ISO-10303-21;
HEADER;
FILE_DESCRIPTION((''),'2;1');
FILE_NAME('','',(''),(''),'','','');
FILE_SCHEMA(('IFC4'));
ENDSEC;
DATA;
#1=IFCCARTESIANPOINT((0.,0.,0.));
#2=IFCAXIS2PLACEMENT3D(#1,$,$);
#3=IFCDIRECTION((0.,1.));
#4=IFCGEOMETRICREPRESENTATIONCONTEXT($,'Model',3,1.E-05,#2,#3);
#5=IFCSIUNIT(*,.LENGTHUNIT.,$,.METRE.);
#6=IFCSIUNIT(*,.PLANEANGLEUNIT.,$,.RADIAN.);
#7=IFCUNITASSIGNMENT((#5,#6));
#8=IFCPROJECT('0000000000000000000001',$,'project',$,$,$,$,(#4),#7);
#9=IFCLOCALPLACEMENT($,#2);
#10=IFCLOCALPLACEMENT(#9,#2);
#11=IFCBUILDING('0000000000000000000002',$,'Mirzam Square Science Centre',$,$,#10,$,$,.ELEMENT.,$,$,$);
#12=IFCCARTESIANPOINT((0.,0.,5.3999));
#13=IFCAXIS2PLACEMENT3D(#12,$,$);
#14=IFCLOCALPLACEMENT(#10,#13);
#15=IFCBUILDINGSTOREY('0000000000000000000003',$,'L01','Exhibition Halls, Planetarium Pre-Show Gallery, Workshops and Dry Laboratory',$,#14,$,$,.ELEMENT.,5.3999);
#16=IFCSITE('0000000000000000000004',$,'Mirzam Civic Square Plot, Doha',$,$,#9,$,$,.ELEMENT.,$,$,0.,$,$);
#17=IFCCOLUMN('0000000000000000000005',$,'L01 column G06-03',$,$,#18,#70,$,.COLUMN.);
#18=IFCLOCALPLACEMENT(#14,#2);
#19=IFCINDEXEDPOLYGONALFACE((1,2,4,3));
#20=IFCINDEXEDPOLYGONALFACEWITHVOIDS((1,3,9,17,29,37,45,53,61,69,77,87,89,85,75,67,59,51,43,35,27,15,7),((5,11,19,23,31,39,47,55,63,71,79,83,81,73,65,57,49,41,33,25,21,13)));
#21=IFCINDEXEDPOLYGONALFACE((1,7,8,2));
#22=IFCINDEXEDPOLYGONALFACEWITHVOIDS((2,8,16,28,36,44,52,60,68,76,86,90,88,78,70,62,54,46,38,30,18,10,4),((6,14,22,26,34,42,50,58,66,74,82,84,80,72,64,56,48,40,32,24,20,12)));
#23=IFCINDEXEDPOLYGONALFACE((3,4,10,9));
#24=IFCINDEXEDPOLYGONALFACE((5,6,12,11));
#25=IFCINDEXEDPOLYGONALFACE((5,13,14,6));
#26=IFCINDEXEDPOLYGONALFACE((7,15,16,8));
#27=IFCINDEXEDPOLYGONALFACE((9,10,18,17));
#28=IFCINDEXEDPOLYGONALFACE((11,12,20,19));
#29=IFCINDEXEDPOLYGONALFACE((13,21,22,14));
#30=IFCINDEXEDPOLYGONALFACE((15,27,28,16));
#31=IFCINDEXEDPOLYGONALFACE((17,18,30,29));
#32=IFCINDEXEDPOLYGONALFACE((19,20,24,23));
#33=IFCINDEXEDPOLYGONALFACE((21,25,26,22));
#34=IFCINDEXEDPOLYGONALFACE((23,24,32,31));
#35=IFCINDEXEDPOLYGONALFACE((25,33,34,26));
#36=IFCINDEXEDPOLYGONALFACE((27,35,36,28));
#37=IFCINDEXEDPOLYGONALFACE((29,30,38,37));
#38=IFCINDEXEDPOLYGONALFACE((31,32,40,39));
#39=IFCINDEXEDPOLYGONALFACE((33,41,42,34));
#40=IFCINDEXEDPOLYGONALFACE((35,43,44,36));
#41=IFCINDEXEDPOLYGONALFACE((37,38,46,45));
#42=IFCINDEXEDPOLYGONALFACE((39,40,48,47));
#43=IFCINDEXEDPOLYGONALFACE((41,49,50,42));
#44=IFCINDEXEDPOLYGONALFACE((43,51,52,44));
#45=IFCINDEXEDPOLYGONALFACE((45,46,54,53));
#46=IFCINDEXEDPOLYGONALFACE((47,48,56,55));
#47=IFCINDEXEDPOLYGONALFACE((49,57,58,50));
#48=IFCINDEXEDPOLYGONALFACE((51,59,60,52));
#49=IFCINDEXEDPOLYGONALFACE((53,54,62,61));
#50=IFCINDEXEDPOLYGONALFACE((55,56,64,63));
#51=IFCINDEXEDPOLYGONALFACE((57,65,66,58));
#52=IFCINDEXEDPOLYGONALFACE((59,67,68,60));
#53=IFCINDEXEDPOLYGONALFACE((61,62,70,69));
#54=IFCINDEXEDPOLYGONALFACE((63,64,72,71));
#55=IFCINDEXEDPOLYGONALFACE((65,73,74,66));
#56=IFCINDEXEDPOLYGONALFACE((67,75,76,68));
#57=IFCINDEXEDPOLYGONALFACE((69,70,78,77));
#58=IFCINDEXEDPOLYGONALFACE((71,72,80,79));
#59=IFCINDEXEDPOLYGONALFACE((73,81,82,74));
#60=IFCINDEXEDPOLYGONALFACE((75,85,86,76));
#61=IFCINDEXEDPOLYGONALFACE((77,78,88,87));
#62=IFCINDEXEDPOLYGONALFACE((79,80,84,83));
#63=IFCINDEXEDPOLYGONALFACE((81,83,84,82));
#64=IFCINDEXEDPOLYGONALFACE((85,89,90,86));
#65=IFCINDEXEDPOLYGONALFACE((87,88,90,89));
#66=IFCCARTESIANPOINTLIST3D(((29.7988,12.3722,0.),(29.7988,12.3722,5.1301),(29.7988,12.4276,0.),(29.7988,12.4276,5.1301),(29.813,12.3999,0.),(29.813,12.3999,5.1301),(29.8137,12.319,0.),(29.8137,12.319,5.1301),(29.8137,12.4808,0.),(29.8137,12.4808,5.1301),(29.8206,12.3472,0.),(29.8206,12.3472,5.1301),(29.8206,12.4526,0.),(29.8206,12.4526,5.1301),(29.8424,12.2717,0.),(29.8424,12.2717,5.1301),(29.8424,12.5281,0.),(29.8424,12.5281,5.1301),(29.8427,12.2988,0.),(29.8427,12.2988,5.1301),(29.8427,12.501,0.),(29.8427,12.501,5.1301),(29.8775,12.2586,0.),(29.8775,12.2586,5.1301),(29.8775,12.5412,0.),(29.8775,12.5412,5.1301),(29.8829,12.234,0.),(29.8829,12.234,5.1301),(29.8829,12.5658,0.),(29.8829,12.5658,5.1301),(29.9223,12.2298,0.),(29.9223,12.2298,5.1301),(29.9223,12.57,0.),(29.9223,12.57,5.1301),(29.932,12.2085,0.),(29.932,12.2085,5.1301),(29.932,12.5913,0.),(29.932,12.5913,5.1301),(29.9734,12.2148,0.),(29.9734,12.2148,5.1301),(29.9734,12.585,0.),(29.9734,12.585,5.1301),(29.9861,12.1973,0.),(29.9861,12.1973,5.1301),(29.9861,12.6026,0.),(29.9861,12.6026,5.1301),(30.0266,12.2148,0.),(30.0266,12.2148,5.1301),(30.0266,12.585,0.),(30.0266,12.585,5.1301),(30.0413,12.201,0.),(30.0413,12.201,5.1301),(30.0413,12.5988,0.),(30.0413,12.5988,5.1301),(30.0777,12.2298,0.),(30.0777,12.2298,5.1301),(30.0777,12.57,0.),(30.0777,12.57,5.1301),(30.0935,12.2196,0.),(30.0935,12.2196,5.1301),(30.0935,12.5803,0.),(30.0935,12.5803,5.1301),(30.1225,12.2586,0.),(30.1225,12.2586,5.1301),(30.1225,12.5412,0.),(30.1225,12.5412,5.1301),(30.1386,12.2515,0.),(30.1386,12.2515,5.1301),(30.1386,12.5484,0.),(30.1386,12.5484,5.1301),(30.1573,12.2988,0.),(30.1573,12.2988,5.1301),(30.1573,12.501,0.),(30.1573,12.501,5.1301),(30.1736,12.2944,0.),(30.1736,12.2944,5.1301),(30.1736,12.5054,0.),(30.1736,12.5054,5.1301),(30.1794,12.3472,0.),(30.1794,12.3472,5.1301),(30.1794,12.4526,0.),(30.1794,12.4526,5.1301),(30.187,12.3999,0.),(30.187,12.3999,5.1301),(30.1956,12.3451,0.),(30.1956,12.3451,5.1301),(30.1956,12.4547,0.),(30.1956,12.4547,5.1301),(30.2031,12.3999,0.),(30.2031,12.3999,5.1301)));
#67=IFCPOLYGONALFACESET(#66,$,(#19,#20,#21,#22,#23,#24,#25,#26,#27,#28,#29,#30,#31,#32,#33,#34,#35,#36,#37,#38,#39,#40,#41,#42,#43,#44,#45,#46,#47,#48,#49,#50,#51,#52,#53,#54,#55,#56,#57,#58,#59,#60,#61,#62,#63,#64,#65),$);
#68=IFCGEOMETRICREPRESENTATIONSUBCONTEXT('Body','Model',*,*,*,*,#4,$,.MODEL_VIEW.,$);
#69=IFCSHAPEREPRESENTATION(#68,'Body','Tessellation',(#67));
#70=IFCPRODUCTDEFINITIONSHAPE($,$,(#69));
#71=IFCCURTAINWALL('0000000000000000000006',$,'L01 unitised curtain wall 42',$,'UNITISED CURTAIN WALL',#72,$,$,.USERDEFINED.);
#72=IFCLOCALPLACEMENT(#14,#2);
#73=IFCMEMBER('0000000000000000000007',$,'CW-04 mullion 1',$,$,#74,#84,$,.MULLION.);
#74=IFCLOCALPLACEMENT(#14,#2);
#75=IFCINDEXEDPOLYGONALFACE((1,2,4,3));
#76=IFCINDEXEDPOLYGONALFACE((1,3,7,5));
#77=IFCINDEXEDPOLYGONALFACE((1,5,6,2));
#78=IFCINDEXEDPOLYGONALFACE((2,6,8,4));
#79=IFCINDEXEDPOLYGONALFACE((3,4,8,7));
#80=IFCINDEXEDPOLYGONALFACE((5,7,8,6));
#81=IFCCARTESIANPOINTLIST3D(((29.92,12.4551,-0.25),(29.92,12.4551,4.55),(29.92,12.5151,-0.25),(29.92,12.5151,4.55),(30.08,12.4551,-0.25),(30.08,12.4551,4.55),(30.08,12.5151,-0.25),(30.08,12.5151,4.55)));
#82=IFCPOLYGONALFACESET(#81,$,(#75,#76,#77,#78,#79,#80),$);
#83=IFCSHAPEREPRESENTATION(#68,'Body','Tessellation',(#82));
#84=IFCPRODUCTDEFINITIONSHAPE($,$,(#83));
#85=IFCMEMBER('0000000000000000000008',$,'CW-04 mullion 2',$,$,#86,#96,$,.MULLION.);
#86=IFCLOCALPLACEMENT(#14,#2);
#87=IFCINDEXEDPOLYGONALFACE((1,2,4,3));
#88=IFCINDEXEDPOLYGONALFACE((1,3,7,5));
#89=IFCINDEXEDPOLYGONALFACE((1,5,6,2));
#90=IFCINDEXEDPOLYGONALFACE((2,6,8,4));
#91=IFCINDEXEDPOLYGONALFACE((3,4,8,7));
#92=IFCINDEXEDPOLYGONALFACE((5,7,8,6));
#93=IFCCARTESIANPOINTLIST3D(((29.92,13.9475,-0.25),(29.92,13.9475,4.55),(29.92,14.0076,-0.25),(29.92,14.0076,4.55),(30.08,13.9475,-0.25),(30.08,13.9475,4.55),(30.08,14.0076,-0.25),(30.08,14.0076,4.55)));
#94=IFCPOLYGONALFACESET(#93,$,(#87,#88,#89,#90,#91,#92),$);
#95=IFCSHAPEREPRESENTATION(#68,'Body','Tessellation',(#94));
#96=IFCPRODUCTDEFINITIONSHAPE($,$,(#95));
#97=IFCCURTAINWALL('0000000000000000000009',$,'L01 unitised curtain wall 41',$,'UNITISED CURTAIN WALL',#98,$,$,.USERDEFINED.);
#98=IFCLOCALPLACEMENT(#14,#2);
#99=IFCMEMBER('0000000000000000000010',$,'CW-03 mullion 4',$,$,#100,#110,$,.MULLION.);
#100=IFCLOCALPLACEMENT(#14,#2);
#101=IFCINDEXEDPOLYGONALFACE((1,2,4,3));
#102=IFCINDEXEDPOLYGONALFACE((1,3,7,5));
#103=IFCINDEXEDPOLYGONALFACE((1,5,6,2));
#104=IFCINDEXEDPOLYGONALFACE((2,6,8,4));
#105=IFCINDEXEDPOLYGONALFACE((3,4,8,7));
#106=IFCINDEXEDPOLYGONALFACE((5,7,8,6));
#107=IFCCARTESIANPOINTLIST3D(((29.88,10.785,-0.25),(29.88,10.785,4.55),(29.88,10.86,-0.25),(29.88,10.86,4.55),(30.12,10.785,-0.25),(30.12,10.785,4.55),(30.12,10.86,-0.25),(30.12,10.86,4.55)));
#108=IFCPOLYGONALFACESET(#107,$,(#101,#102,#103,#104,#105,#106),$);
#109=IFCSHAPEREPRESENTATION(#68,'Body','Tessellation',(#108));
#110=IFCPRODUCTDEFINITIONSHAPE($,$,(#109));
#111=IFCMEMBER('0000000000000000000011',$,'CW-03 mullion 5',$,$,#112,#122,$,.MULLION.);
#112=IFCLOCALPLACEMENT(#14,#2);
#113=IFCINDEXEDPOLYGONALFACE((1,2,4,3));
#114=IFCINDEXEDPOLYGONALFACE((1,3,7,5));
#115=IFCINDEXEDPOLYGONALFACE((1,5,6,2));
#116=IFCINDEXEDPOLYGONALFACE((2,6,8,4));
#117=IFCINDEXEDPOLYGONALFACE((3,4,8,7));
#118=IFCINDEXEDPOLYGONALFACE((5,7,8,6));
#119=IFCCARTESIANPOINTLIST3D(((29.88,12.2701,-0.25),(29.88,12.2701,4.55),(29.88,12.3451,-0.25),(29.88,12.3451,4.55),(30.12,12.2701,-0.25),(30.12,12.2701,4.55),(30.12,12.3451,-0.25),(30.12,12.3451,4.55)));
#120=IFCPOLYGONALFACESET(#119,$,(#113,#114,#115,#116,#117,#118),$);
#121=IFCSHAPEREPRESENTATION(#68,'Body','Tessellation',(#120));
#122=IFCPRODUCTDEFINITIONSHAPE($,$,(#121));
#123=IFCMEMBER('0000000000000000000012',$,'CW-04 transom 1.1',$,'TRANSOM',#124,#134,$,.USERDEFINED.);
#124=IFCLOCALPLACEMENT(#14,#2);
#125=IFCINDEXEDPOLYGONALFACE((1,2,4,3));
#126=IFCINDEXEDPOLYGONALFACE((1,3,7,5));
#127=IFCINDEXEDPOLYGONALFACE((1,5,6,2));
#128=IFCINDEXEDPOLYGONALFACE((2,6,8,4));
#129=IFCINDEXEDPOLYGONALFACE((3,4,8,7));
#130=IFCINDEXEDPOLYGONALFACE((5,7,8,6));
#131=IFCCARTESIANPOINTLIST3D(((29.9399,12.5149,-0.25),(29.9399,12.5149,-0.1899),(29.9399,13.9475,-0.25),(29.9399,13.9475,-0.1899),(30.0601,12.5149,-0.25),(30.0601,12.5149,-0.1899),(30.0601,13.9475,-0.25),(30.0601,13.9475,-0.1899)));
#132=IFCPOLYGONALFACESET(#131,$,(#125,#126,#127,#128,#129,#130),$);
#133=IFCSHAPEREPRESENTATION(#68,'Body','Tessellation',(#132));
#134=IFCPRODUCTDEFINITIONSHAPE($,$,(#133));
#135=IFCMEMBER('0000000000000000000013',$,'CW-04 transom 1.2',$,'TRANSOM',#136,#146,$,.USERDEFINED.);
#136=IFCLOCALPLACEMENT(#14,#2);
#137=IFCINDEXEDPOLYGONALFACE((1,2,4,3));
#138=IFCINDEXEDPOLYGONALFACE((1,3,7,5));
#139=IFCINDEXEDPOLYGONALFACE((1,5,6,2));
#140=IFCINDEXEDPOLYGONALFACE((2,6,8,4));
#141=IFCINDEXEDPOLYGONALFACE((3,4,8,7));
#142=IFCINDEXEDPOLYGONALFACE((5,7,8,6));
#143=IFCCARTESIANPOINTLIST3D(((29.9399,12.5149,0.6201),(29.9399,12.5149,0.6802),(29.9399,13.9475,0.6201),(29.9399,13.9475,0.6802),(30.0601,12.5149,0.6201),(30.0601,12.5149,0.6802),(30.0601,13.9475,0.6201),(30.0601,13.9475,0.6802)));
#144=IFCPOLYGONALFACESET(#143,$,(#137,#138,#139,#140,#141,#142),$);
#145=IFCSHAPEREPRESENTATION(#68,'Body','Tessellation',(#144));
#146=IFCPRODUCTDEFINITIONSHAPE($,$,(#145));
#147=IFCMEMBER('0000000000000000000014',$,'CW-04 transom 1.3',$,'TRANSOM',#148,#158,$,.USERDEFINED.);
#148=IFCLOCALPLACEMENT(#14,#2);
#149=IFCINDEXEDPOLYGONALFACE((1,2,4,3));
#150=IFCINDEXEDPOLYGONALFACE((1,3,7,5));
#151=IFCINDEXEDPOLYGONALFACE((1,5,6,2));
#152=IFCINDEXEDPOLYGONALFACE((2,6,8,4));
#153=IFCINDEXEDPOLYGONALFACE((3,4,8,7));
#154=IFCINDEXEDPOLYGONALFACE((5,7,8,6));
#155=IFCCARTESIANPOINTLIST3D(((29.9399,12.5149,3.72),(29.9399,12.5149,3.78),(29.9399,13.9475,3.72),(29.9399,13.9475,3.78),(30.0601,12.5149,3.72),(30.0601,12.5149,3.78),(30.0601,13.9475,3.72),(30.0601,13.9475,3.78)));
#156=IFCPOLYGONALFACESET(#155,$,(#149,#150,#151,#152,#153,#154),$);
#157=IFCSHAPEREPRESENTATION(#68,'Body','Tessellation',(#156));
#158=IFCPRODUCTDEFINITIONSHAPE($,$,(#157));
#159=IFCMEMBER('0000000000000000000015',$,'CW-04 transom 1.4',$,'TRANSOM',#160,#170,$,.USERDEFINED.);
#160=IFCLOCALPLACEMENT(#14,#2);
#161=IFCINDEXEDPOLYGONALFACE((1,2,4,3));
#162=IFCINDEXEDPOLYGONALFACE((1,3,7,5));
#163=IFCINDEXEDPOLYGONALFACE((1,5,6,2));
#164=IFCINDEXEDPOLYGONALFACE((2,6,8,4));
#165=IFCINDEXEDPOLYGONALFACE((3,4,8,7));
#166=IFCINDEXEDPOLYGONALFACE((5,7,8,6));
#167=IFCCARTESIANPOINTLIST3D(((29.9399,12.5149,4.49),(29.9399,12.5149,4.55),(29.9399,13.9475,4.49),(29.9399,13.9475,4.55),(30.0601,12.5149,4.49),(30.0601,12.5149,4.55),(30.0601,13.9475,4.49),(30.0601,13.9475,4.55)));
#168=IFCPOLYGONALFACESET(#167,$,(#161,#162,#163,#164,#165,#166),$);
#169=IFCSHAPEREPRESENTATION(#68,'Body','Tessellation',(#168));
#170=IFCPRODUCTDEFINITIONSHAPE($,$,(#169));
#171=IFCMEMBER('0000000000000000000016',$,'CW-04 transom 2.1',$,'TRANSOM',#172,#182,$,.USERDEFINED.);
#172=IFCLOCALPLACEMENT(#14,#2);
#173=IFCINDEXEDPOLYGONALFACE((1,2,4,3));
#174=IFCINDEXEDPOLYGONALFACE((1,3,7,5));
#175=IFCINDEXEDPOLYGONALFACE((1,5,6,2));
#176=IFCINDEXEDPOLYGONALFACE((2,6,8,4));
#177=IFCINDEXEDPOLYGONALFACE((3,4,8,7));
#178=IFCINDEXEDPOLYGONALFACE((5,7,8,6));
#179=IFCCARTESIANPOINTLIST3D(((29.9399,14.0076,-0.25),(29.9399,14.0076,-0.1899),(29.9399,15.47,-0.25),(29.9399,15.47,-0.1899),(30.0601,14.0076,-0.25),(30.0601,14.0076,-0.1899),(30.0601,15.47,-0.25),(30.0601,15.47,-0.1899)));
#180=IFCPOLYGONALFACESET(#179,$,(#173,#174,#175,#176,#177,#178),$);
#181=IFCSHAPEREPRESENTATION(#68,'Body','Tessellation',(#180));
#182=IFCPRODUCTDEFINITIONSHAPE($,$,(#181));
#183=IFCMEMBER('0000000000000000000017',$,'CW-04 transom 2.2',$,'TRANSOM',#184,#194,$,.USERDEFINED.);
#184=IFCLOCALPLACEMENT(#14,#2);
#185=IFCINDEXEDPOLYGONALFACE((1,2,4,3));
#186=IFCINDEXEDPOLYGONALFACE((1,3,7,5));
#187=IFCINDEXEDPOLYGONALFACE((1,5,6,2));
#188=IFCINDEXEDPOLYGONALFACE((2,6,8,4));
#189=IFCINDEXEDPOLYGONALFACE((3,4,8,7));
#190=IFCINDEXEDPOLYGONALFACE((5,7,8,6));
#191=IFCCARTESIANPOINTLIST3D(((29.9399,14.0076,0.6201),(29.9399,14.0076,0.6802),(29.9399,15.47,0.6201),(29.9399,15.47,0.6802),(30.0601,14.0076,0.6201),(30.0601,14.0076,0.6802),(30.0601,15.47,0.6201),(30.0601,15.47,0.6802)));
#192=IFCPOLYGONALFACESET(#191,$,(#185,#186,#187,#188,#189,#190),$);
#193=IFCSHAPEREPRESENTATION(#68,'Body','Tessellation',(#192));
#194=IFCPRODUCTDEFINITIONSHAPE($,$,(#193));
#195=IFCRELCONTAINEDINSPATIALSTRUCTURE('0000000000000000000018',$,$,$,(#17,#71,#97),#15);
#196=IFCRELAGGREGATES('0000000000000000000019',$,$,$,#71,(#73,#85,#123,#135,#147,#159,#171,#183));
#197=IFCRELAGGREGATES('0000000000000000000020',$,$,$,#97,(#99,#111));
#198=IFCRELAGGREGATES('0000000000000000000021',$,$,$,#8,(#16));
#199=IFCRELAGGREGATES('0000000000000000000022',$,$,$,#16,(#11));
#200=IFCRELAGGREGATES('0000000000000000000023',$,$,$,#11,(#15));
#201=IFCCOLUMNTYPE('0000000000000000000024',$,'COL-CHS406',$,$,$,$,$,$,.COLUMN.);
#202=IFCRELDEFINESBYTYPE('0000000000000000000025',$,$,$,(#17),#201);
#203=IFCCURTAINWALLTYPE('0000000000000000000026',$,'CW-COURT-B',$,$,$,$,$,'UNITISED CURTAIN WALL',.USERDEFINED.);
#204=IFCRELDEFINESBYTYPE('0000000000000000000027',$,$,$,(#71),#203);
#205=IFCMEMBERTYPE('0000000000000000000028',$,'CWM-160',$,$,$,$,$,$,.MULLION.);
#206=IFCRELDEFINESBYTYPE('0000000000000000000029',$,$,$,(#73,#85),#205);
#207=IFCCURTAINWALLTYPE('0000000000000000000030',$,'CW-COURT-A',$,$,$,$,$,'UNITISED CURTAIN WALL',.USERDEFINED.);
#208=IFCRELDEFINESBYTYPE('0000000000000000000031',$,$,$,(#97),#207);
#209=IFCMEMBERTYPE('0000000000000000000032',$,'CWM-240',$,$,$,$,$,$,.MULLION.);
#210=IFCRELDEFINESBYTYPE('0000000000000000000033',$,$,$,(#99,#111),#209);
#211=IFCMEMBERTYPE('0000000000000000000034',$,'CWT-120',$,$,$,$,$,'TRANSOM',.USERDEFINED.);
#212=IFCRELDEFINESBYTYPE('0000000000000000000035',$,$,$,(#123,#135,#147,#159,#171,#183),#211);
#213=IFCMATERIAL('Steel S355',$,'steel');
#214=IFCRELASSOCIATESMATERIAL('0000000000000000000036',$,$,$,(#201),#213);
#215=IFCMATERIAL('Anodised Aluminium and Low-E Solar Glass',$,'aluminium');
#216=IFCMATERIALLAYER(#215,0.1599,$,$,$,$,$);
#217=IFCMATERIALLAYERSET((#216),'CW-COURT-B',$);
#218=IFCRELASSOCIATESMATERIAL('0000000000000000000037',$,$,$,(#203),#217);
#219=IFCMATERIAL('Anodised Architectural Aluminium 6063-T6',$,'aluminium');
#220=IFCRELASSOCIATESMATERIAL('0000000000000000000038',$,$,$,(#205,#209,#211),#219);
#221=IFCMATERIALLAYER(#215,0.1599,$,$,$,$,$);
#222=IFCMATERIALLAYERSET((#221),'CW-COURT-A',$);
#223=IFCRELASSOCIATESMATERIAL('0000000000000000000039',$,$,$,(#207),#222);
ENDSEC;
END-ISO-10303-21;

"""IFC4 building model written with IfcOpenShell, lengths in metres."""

from ifc_helpers import new_model, si_unit, direction, frame, origin, origin_2d, place, context, subcontext, project, spatial, rectangle, hollow_circle, extrude, material, layer, layer_set, material_profile, profile_set, type_object, element, aggregate, save


model = new_model("IFC4")

# Units and contexts
model_context = context("Model", 3, precision=1e-05, world=origin(), true_north=direction((0.0, 1.0)))
body_context = subcontext(model_context, "Body", "Model", "MODEL_VIEW")
ifc_project = project(units=[si_unit("LENGTHUNIT", "METRE"), si_unit("PLANEANGLEUNIT", "RADIAN")], contexts=[model_context])

# Site, building, storey
site_placement = place(None, origin())
site = spatial("IfcSite", under=ifc_project, at=site_placement, Name="Mirzam Civic Square Plot, Doha", CompositionType="ELEMENT", RefElevation=0.0)
building_placement = place(site_placement, origin())
building = spatial("IfcBuilding", under=site, at=building_placement, Name="Mirzam Square Science Centre", CompositionType="ELEMENT")
storey_placement = place(building_placement, frame((0.0, 0.0, 5.3999)))
storey = spatial("IfcBuildingStorey", under=building, at=storey_placement, Name="L01", Description="Exhibition Halls, Planetarium Pre-Show Gallery, Workshops and Dry Laboratory", CompositionType="ELEMENT", Elevation=5.3999)

# Column
ifc_material_1 = material(Name="Steel S355", Category="steel")
ifc_material_profile_1 = material_profile(ifc_material_1, hollow_circle(Radius=0.2031, WallThickness=0.0161, at=origin_2d()), Name="406.4x16.0CHS")
ifc_profile_set_1 = profile_set([ifc_material_profile_1], Name="Steel S355")
column_type = type_object("IfcColumnType", Name="COL-CHS406", PredefinedType="COLUMN", material=ifc_profile_set_1)
column_placement = place(storey_placement, frame((30.0, 12.3999, 0.0), z_axis=(0.0, 0.0, 1.0), x_axis=(1.0, 0.0, 0.0)))
element("IfcColumn", 1, at=column_placement, inside=storey, type_object=column_type, Name="L01 column G06-03", PredefinedType="COLUMN", context=body_context, shape_type="SweptSolid", body=[
    extrude(hollow_circle(Radius=0.2031, WallThickness=0.0161, at=origin_2d()), origin(), (0.0, 0.0, 1.0), 5.1301),
])

# Curtain walls, members
ifc_material_2 = material(Name="Anodised Aluminium and Low-E Solar Glass", Category="aluminium")
ifc_layer_1 = layer(ifc_material_2, 0.1599)
ifc_layer_set_1 = layer_set([ifc_layer_1], Name="CW-COURT-B")
curtain_wall_type_1 = type_object("IfcCurtainWallType", Name="CW-COURT-B", ElementType="UNITISED CURTAIN WALL", PredefinedType="USERDEFINED", material=ifc_layer_set_1)
curtain_wall_1_placement = place(storey_placement, origin())
curtain_wall_1 = element("IfcCurtainWall", 2, at=curtain_wall_1_placement, inside=storey, type_object=curtain_wall_type_1, Name="L01 unitised curtain wall 42", ObjectType="UNITISED CURTAIN WALL", PredefinedType="USERDEFINED")
ifc_material_3 = material(Name="Anodised Architectural Aluminium 6063-T6", Category="aluminium")
ifc_material_profile_2 = material_profile(ifc_material_3, rectangle(XDim=0.0601, YDim=0.1599, at=origin_2d()), Name="ALU-MULL-160x60x4")
ifc_profile_set_2 = profile_set([ifc_material_profile_2], Name="Anodised Architectural Aluminium 6063-T6")
member_type_1 = type_object("IfcMemberType", Name="CWM-160", PredefinedType="MULLION", material=ifc_profile_set_2)
member_1_placement = place(storey_placement, frame((30.0, 12.4851, -0.25), z_axis=(0.0, 0.0, 1.0), x_axis=(0.0, 1.0, 0.0)))
member_1 = element("IfcMember", 3, at=member_1_placement, type_object=member_type_1, Name="CW-04 mullion 1", PredefinedType="MULLION", context=body_context, shape_type="SweptSolid", body=[
    extrude(rectangle(XDim=0.0601, YDim=0.1599, at=origin_2d()), origin(), (0.0, 0.0, 1.0), 4.8),
])
member_2_placement = place(storey_placement, frame((30.0, 13.9775, -0.25), z_axis=(0.0, 0.0, 1.0), x_axis=(0.0, 1.0, 0.0)))
member_2 = element("IfcMember", 4, at=member_2_placement, type_object=member_type_1, Name="CW-04 mullion 2", PredefinedType="MULLION", context=body_context, shape_type="SweptSolid", body=[
    extrude(rectangle(XDim=0.0601, YDim=0.1599, at=origin_2d()), origin(), (0.0, 0.0, 1.0), 4.8),
])
ifc_layer_2 = layer(ifc_material_2, 0.1599)
ifc_layer_set_2 = layer_set([ifc_layer_2], Name="CW-COURT-A")
curtain_wall_type_2 = type_object("IfcCurtainWallType", Name="CW-COURT-A", ElementType="UNITISED CURTAIN WALL", PredefinedType="USERDEFINED", material=ifc_layer_set_2)
curtain_wall_2_placement = place(storey_placement, origin())
curtain_wall_2 = element("IfcCurtainWall", 5, at=curtain_wall_2_placement, inside=storey, type_object=curtain_wall_type_2, Name="L01 unitised curtain wall 41", ObjectType="UNITISED CURTAIN WALL", PredefinedType="USERDEFINED")
ifc_material_profile_3 = material_profile(ifc_material_3, rectangle(XDim=0.075, YDim=0.24, at=origin_2d()), Name="ALU-MULL-240x75x5")
ifc_profile_set_3 = profile_set([ifc_material_profile_3], Name="Anodised Architectural Aluminium 6063-T6")
member_type_2 = type_object("IfcMemberType", Name="CWM-240", PredefinedType="MULLION", material=ifc_profile_set_3)
member_3_placement = place(storey_placement, frame((30.0, 10.8225, -0.25), z_axis=(0.0, 0.0, 1.0), x_axis=(0.0, 1.0, 0.0)))
member_3 = element("IfcMember", 6, at=member_3_placement, type_object=member_type_2, Name="CW-03 mullion 4", PredefinedType="MULLION", context=body_context, shape_type="SweptSolid", body=[
    extrude(rectangle(XDim=0.075, YDim=0.24, at=origin_2d()), origin(), (0.0, 0.0, 1.0), 4.8),
])
member_4_placement = place(storey_placement, frame((30.0, 12.3076, -0.25), z_axis=(0.0, 0.0, 1.0), x_axis=(0.0, 1.0, 0.0)))
member_4 = element("IfcMember", 7, at=member_4_placement, type_object=member_type_2, Name="CW-03 mullion 5", PredefinedType="MULLION", context=body_context, shape_type="SweptSolid", body=[
    extrude(rectangle(XDim=0.075, YDim=0.24, at=origin_2d()), origin(), (0.0, 0.0, 1.0), 4.8),
])

# Members
ifc_material_profile_4 = material_profile(ifc_material_3, rectangle(XDim=0.1201, YDim=0.0601, at=origin_2d()), Name="ALU-TRAN-120x60x4")
ifc_profile_set_4 = profile_set([ifc_material_profile_4], Name="Anodised Architectural Aluminium 6063-T6")
member_type_3 = type_object("IfcMemberType", Name="CWT-120", ElementType="TRANSOM", PredefinedType="USERDEFINED", material=ifc_profile_set_4)
member_5_placement = place(storey_placement, frame((30.0, 12.5149, -0.22), z_axis=(0.0, 1.0, 0.0), x_axis=(-1.0, 0.0, 0.0)))
member_5 = element("IfcMember", 8, at=member_5_placement, type_object=member_type_3, Name="CW-04 transom 1.1", ObjectType="TRANSOM", PredefinedType="USERDEFINED", context=body_context, shape_type="SweptSolid", body=[
    extrude(rectangle(XDim=0.1201, YDim=0.0601, at=origin_2d()), origin(), (0.0, 0.0, 1.0), 1.4326),
])
member_6_placement = place(storey_placement, frame((30.0, 12.5149, 0.6501), z_axis=(0.0, 1.0, 0.0), x_axis=(-1.0, 0.0, 0.0)))
member_6 = element("IfcMember", 9, at=member_6_placement, type_object=member_type_3, Name="CW-04 transom 1.2", ObjectType="TRANSOM", PredefinedType="USERDEFINED", context=body_context, shape_type="SweptSolid", body=[
    extrude(rectangle(XDim=0.1201, YDim=0.0601, at=origin_2d()), origin(), (0.0, 0.0, 1.0), 1.4326),
])
member_7_placement = place(storey_placement, frame((30.0, 12.5149, 3.75), z_axis=(0.0, 1.0, 0.0), x_axis=(-1.0, 0.0, 0.0)))
member_7 = element("IfcMember", 10, at=member_7_placement, type_object=member_type_3, Name="CW-04 transom 1.3", ObjectType="TRANSOM", PredefinedType="USERDEFINED", context=body_context, shape_type="SweptSolid", body=[
    extrude(rectangle(XDim=0.1201, YDim=0.0601, at=origin_2d()), origin(), (0.0, 0.0, 1.0), 1.4326),
])
member_8_placement = place(storey_placement, frame((30.0, 12.5149, 4.52), z_axis=(0.0, 1.0, 0.0), x_axis=(-1.0, 0.0, 0.0)))
member_8 = element("IfcMember", 11, at=member_8_placement, type_object=member_type_3, Name="CW-04 transom 1.4", ObjectType="TRANSOM", PredefinedType="USERDEFINED", context=body_context, shape_type="SweptSolid", body=[
    extrude(rectangle(XDim=0.1201, YDim=0.0601, at=origin_2d()), origin(), (0.0, 0.0, 1.0), 1.4326),
])
member_9_placement = place(storey_placement, frame((30.0, 14.0076, -0.22), z_axis=(0.0, 1.0, 0.0), x_axis=(-1.0, 0.0, 0.0)))
member_9 = element("IfcMember", 12, at=member_9_placement, type_object=member_type_3, Name="CW-04 transom 2.1", ObjectType="TRANSOM", PredefinedType="USERDEFINED", context=body_context, shape_type="SweptSolid", body=[
    extrude(rectangle(XDim=0.1201, YDim=0.0601, at=origin_2d()), origin(), (0.0, 0.0, 1.0), 1.4624),
])
member_10_placement = place(storey_placement, frame((30.0, 14.0076, 0.6501), z_axis=(0.0, 1.0, 0.0), x_axis=(-1.0, 0.0, 0.0)))
member_10 = element("IfcMember", 13, at=member_10_placement, type_object=member_type_3, Name="CW-04 transom 2.2", ObjectType="TRANSOM", PredefinedType="USERDEFINED", context=body_context, shape_type="SweptSolid", body=[
    extrude(rectangle(XDim=0.1201, YDim=0.0601, at=origin_2d()), origin(), (0.0, 0.0, 1.0), 1.4624),
])

aggregate(curtain_wall_1, [member_1, member_2, member_5, member_6, member_7, member_8, member_9, member_10])
aggregate(curtain_wall_2, [member_3, member_4])

save(model, "model.ifc")
